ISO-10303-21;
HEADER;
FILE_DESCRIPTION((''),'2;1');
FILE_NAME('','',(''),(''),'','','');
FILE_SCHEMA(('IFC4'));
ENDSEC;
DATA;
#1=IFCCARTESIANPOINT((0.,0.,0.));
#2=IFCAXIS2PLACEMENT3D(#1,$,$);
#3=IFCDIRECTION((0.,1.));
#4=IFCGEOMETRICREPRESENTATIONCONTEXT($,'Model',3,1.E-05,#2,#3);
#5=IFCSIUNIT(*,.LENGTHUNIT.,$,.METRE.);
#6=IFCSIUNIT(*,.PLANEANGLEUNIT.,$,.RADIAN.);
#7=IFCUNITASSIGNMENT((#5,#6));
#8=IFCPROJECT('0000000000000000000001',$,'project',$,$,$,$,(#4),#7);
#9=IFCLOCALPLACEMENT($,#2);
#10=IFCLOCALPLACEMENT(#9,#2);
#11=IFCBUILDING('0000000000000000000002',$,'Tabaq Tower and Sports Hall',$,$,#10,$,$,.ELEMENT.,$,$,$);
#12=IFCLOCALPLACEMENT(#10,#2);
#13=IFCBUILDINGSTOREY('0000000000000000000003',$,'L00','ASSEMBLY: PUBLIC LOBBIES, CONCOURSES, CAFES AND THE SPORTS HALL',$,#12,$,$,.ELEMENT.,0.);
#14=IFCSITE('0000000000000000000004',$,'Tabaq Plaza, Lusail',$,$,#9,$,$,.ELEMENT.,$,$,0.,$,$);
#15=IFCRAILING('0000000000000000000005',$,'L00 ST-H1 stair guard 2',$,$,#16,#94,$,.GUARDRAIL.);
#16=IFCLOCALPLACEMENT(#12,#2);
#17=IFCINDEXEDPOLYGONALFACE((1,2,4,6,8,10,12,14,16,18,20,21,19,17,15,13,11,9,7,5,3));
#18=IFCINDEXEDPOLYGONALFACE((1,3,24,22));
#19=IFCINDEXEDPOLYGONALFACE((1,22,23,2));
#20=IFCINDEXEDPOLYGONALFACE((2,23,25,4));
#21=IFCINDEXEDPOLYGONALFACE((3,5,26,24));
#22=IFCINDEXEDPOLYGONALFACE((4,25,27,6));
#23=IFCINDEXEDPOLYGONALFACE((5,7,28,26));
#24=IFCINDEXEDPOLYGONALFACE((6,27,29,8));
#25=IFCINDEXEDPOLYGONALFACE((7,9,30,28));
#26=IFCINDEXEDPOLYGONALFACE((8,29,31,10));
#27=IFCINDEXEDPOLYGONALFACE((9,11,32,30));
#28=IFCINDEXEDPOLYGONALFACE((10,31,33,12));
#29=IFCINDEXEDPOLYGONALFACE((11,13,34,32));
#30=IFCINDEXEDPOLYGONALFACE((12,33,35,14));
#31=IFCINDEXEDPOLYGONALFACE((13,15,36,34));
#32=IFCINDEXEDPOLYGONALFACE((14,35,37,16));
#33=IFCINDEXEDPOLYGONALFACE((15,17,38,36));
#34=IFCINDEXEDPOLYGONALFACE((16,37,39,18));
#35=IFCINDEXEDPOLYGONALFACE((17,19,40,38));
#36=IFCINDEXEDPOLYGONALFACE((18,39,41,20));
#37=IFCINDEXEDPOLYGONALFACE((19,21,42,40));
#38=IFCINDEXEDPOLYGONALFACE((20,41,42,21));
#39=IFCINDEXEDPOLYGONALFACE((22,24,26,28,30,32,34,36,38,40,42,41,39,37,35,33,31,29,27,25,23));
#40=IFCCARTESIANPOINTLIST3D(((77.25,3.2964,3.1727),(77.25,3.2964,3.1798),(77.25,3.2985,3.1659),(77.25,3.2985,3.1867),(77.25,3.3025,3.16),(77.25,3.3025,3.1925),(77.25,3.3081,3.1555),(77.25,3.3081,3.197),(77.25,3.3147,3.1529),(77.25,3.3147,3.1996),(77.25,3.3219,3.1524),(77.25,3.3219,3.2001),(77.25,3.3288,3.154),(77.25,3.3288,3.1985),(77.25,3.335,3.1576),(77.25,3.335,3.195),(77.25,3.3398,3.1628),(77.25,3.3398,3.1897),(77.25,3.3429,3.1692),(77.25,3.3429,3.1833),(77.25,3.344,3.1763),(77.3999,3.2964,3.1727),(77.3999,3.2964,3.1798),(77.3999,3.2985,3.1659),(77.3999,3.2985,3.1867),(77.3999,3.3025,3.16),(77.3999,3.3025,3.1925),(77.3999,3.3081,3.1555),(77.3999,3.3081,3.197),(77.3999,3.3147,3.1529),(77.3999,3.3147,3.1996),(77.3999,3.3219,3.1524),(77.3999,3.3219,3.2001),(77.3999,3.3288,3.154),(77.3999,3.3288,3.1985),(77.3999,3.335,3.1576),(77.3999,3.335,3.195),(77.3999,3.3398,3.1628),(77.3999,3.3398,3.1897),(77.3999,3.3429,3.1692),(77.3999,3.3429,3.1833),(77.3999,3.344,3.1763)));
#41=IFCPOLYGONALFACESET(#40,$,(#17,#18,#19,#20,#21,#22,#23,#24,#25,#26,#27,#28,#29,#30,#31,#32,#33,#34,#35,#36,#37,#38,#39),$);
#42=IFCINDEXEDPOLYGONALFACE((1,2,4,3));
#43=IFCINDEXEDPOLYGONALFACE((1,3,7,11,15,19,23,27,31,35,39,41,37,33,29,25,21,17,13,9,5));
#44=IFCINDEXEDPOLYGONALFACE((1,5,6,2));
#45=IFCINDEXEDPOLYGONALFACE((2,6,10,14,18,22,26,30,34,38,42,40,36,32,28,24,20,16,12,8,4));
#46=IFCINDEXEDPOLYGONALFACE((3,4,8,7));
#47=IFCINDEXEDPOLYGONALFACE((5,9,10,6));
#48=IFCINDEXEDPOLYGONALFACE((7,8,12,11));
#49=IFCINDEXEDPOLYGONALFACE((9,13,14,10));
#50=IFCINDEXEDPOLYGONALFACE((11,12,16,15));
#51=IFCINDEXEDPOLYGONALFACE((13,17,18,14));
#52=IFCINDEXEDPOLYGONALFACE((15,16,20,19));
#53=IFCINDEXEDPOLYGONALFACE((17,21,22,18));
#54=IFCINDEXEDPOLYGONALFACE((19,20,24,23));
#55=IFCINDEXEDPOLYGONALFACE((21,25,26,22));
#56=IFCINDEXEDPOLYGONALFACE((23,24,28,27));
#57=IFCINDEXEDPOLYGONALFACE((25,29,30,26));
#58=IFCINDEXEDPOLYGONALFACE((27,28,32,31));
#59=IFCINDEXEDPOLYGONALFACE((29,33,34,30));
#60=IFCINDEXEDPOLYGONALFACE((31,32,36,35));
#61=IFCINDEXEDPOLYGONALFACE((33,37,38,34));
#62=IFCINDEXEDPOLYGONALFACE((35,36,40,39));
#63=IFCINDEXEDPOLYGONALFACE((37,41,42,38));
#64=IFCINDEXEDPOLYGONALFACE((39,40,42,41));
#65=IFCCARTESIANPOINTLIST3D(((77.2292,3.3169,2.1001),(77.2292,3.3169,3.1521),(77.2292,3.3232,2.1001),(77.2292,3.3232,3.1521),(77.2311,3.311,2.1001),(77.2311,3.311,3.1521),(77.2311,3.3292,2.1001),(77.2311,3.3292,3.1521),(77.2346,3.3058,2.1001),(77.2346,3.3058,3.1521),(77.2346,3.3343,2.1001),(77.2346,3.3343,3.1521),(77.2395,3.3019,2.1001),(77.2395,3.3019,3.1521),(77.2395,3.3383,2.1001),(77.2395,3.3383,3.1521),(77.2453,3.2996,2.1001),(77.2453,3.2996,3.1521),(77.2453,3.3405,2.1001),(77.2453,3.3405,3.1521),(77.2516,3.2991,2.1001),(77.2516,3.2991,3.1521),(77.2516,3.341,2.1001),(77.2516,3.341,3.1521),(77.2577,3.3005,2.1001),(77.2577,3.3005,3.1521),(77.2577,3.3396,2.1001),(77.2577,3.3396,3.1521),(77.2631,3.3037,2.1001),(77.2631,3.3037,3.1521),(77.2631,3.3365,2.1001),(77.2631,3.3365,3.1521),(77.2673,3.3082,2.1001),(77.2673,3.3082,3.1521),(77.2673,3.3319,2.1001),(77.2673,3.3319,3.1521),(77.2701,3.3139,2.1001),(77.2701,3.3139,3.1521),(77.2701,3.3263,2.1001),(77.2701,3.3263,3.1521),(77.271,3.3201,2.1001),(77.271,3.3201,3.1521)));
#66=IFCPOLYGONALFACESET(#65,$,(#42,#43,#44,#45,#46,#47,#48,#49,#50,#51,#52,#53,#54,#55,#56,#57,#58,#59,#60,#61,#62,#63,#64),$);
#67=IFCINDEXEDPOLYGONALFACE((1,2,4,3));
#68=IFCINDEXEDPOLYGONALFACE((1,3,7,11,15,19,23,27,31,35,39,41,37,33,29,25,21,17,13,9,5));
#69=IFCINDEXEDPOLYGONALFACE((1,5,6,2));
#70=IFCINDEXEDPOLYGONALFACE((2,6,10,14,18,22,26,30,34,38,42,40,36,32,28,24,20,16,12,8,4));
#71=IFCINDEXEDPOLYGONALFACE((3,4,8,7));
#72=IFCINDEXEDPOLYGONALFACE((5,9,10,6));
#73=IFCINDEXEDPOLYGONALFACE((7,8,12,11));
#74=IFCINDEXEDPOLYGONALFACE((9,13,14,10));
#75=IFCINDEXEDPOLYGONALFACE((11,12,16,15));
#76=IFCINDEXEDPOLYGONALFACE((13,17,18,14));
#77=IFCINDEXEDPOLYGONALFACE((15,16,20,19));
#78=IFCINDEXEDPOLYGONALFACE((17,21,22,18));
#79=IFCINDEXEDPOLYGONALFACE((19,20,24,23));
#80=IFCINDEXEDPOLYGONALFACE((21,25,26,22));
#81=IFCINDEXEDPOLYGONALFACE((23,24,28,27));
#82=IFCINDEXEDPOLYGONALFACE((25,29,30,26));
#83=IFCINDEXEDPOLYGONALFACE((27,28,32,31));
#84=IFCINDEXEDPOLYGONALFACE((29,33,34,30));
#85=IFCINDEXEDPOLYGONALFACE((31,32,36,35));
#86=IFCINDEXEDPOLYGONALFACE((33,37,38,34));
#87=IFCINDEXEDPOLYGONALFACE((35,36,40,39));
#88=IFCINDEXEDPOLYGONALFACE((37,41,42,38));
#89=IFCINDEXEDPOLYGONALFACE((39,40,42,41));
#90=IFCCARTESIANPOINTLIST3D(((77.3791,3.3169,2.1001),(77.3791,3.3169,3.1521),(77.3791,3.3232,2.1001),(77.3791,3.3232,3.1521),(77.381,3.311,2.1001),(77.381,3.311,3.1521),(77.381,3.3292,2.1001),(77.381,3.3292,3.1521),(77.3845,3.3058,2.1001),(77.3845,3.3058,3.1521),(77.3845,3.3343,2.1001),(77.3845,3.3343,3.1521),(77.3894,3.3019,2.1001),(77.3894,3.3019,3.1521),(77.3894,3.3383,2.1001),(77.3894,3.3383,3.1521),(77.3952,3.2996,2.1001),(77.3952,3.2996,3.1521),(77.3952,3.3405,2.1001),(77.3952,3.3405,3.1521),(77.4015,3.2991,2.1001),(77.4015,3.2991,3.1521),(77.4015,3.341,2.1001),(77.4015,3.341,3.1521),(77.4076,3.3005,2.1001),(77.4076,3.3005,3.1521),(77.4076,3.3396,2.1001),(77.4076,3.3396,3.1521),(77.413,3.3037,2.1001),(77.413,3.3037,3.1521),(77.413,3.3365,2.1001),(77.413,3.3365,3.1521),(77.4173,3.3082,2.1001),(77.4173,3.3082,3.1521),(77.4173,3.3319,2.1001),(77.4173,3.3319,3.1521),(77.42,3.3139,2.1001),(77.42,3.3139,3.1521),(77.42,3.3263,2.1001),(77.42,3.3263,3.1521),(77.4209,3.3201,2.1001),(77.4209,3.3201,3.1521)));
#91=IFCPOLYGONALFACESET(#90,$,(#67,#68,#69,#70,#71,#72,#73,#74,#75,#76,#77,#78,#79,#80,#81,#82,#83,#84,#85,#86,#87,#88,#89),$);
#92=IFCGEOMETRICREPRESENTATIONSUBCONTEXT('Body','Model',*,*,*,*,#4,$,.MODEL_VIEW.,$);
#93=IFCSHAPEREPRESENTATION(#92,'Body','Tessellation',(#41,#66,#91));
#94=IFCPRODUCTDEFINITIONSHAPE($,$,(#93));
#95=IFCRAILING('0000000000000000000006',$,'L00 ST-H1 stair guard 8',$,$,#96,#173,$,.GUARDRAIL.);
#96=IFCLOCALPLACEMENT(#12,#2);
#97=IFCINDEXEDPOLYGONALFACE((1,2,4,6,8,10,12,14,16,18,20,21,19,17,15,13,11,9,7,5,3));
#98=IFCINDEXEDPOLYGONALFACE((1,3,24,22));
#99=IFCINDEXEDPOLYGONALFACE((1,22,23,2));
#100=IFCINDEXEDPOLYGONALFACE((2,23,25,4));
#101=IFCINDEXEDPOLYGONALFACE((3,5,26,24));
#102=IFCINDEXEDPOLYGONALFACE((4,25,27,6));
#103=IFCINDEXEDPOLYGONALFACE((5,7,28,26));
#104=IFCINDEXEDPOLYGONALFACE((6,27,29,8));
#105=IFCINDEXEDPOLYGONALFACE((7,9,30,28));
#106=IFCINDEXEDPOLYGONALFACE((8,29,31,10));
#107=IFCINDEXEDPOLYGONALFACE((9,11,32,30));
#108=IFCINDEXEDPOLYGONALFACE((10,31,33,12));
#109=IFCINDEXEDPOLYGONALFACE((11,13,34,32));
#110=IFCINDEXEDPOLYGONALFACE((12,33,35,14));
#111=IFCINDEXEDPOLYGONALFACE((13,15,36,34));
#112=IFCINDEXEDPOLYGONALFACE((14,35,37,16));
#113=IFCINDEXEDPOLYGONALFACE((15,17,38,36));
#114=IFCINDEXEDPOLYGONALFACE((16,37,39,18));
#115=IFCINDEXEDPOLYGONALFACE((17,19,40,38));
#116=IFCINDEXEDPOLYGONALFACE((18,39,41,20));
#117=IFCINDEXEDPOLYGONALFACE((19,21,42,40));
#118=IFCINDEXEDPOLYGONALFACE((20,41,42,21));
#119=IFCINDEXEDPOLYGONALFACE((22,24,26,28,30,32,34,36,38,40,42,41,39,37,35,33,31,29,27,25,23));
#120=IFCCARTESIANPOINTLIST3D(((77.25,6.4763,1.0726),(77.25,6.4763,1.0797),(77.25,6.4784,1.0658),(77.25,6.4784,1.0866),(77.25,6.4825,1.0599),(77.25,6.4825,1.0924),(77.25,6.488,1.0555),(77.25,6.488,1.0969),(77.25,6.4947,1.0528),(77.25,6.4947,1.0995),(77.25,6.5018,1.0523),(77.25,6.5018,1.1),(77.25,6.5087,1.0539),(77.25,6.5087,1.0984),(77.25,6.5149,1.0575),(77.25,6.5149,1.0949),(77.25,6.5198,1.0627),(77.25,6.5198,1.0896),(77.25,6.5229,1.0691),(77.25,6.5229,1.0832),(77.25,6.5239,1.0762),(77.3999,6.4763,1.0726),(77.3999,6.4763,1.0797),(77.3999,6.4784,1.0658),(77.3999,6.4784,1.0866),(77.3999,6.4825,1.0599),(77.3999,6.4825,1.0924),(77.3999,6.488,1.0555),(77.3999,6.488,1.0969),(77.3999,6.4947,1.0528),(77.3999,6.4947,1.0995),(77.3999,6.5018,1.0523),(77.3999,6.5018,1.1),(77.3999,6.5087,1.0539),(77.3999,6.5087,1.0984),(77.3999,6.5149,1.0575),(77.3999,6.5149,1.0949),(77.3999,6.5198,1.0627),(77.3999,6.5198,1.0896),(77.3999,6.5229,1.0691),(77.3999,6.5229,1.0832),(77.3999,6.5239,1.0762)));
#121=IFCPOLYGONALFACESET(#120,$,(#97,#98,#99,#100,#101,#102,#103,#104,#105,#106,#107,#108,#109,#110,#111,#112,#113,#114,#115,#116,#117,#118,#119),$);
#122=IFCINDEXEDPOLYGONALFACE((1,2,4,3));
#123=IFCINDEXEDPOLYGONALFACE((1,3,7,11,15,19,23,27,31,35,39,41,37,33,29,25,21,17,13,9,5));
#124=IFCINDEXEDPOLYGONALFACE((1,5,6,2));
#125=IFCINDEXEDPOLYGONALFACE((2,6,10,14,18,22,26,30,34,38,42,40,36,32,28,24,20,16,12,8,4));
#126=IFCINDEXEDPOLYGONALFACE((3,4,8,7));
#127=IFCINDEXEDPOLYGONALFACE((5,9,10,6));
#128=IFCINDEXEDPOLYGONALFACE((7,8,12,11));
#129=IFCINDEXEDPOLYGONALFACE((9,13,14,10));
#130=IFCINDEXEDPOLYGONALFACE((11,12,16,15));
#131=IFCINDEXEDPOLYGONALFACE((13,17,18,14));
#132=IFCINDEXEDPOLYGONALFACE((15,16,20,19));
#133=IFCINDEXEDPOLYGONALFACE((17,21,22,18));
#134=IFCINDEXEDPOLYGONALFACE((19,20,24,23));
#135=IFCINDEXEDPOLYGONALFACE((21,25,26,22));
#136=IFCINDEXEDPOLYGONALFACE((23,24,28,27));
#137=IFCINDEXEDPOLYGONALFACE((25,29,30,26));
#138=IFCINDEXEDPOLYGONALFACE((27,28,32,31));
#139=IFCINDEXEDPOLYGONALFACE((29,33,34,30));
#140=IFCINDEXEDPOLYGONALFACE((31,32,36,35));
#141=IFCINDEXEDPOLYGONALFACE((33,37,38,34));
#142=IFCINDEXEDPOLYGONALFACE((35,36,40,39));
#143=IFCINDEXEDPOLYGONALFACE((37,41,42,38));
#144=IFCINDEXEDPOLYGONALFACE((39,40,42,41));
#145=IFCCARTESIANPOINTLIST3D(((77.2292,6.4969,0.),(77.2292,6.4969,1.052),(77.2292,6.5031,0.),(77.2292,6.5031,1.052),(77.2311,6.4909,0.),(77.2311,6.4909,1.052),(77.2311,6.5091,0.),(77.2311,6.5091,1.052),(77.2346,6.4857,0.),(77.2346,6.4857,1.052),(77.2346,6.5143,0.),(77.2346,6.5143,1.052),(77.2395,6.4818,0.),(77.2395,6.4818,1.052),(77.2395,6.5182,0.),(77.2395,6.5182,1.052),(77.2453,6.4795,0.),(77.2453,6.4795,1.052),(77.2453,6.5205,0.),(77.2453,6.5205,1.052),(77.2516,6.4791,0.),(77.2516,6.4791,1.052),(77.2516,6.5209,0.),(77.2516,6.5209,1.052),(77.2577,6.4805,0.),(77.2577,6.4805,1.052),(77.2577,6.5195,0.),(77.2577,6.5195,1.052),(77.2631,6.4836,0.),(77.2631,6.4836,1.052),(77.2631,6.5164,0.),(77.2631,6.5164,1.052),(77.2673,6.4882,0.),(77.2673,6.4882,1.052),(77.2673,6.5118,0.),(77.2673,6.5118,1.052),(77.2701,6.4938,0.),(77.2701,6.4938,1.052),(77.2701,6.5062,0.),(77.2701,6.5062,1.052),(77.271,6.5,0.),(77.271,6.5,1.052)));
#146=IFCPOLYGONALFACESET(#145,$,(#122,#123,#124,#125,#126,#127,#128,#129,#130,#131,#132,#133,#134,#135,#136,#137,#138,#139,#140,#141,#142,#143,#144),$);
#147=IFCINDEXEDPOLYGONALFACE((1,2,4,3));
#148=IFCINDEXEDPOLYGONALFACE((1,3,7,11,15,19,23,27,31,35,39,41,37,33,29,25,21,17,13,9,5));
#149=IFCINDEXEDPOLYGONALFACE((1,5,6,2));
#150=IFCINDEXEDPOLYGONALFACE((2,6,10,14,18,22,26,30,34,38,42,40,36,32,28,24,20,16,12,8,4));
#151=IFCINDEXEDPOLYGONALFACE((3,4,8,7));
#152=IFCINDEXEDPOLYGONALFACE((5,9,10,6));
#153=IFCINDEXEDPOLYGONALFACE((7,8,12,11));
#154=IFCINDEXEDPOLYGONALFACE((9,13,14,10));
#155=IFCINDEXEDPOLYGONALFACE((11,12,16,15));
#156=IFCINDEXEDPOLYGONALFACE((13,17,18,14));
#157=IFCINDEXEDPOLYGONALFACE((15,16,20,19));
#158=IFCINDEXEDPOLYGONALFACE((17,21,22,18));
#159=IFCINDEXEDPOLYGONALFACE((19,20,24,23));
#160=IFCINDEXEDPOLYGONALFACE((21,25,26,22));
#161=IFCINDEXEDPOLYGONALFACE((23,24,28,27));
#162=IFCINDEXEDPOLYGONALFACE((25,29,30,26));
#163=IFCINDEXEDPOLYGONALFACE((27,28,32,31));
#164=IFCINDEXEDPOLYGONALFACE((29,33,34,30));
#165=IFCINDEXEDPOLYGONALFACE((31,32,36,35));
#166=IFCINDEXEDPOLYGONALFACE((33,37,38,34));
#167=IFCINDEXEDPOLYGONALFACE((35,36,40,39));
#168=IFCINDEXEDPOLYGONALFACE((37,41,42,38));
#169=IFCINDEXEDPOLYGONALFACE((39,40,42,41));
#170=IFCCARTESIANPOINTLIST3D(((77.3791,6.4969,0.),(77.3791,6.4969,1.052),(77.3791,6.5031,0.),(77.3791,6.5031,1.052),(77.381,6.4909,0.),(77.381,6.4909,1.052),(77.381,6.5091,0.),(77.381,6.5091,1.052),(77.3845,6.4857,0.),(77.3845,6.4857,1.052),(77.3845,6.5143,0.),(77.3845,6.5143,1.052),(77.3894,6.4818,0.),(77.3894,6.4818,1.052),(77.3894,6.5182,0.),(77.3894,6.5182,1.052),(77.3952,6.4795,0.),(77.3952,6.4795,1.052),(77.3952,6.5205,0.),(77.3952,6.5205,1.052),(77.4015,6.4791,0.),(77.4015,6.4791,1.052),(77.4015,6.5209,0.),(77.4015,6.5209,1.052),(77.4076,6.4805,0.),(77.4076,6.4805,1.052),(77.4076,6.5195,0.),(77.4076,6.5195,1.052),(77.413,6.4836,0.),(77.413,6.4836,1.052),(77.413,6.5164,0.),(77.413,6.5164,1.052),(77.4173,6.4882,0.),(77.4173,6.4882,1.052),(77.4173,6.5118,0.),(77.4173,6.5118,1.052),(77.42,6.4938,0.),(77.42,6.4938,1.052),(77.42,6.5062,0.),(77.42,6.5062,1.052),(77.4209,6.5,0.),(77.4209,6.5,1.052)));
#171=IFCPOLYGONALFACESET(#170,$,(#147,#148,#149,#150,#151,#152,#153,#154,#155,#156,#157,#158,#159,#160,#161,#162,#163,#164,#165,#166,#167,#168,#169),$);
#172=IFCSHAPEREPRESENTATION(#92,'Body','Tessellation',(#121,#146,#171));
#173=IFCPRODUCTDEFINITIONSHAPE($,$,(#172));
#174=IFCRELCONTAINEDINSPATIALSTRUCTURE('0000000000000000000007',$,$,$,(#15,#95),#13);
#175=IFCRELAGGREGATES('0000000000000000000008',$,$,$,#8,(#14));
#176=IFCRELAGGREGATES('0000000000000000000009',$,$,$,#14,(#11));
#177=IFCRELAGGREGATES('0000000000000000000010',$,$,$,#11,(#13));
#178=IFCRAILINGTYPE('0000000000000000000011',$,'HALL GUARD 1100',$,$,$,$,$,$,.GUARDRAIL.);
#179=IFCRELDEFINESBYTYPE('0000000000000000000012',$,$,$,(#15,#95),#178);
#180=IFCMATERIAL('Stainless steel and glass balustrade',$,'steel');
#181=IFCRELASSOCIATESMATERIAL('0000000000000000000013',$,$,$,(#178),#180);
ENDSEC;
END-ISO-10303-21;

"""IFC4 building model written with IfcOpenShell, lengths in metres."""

from ifc_helpers import new_model, si_unit, direction, frame, origin, origin_2d, place, context, subcontext, project, spatial, circle, extrude, material, type_object, element, save


model = new_model("IFC4")

# Units and contexts
model_context = context("Model", 3, precision=1e-05, world=origin(), true_north=direction((0.0, 1.0)))
body_context = subcontext(model_context, "Body", "Model", "MODEL_VIEW")
ifc_project = project(units=[si_unit("LENGTHUNIT", "METRE"), si_unit("PLANEANGLEUNIT", "RADIAN")], contexts=[model_context])

# Site, building, storey
site_placement = place(None, origin())
site = spatial("IfcSite", under=ifc_project, at=site_placement, Name="Tabaq Plaza, Lusail", CompositionType="ELEMENT", RefElevation=0.0)
building_placement = place(site_placement, origin())
building = spatial("IfcBuilding", under=site, at=building_placement, Name="Tabaq Tower and Sports Hall", CompositionType="ELEMENT")
storey_placement = place(building_placement, origin())
storey = spatial("IfcBuildingStorey", under=building, at=storey_placement, Name="L00", Description="ASSEMBLY: PUBLIC LOBBIES, CONCOURSES, CAFES AND THE SPORTS HALL", CompositionType="ELEMENT", Elevation=0.0)

# Railings
ifc_material_1 = material(Name="Stainless steel and glass balustrade", Category="steel")
railing_type_1 = type_object("IfcRailingType", Name="HALL GUARD 1100", PredefinedType="GUARDRAIL", material=ifc_material_1)
for number, where, name in (
    (1, (77.25, 3.3201, 2.1001), "L00 ST-H1 stair guard 2"),
    (2, (77.25, 6.5, 0.0), "L00 ST-H1 stair guard 8"),
):
    element("IfcRailing", number, at=place(storey_placement, frame(where)), inside=storey, type_object=railing_type_1, Name=name, PredefinedType="GUARDRAIL", context=body_context, shape_type="SweptSolid", body=[
        extrude(circle(Radius=0.0239, at=origin_2d()), frame((0.0, 0.0, 1.0762), z_axis=(1.0, 0.0, 0.0), x_axis=(0.0, 1.0, 0.0)), (0.0, 0.0, 1.0), 0.1499),
        extrude(circle(Radius=0.021, at=origin_2d()), origin(), (0.0, 0.0, 1.0), 1.052),
        extrude(circle(Radius=0.021, at=origin_2d()), frame((0.1499, 0.0, 0.0)), (0.0, 0.0, 1.0), 1.052),
    ])

save(model, "model.ifc")
